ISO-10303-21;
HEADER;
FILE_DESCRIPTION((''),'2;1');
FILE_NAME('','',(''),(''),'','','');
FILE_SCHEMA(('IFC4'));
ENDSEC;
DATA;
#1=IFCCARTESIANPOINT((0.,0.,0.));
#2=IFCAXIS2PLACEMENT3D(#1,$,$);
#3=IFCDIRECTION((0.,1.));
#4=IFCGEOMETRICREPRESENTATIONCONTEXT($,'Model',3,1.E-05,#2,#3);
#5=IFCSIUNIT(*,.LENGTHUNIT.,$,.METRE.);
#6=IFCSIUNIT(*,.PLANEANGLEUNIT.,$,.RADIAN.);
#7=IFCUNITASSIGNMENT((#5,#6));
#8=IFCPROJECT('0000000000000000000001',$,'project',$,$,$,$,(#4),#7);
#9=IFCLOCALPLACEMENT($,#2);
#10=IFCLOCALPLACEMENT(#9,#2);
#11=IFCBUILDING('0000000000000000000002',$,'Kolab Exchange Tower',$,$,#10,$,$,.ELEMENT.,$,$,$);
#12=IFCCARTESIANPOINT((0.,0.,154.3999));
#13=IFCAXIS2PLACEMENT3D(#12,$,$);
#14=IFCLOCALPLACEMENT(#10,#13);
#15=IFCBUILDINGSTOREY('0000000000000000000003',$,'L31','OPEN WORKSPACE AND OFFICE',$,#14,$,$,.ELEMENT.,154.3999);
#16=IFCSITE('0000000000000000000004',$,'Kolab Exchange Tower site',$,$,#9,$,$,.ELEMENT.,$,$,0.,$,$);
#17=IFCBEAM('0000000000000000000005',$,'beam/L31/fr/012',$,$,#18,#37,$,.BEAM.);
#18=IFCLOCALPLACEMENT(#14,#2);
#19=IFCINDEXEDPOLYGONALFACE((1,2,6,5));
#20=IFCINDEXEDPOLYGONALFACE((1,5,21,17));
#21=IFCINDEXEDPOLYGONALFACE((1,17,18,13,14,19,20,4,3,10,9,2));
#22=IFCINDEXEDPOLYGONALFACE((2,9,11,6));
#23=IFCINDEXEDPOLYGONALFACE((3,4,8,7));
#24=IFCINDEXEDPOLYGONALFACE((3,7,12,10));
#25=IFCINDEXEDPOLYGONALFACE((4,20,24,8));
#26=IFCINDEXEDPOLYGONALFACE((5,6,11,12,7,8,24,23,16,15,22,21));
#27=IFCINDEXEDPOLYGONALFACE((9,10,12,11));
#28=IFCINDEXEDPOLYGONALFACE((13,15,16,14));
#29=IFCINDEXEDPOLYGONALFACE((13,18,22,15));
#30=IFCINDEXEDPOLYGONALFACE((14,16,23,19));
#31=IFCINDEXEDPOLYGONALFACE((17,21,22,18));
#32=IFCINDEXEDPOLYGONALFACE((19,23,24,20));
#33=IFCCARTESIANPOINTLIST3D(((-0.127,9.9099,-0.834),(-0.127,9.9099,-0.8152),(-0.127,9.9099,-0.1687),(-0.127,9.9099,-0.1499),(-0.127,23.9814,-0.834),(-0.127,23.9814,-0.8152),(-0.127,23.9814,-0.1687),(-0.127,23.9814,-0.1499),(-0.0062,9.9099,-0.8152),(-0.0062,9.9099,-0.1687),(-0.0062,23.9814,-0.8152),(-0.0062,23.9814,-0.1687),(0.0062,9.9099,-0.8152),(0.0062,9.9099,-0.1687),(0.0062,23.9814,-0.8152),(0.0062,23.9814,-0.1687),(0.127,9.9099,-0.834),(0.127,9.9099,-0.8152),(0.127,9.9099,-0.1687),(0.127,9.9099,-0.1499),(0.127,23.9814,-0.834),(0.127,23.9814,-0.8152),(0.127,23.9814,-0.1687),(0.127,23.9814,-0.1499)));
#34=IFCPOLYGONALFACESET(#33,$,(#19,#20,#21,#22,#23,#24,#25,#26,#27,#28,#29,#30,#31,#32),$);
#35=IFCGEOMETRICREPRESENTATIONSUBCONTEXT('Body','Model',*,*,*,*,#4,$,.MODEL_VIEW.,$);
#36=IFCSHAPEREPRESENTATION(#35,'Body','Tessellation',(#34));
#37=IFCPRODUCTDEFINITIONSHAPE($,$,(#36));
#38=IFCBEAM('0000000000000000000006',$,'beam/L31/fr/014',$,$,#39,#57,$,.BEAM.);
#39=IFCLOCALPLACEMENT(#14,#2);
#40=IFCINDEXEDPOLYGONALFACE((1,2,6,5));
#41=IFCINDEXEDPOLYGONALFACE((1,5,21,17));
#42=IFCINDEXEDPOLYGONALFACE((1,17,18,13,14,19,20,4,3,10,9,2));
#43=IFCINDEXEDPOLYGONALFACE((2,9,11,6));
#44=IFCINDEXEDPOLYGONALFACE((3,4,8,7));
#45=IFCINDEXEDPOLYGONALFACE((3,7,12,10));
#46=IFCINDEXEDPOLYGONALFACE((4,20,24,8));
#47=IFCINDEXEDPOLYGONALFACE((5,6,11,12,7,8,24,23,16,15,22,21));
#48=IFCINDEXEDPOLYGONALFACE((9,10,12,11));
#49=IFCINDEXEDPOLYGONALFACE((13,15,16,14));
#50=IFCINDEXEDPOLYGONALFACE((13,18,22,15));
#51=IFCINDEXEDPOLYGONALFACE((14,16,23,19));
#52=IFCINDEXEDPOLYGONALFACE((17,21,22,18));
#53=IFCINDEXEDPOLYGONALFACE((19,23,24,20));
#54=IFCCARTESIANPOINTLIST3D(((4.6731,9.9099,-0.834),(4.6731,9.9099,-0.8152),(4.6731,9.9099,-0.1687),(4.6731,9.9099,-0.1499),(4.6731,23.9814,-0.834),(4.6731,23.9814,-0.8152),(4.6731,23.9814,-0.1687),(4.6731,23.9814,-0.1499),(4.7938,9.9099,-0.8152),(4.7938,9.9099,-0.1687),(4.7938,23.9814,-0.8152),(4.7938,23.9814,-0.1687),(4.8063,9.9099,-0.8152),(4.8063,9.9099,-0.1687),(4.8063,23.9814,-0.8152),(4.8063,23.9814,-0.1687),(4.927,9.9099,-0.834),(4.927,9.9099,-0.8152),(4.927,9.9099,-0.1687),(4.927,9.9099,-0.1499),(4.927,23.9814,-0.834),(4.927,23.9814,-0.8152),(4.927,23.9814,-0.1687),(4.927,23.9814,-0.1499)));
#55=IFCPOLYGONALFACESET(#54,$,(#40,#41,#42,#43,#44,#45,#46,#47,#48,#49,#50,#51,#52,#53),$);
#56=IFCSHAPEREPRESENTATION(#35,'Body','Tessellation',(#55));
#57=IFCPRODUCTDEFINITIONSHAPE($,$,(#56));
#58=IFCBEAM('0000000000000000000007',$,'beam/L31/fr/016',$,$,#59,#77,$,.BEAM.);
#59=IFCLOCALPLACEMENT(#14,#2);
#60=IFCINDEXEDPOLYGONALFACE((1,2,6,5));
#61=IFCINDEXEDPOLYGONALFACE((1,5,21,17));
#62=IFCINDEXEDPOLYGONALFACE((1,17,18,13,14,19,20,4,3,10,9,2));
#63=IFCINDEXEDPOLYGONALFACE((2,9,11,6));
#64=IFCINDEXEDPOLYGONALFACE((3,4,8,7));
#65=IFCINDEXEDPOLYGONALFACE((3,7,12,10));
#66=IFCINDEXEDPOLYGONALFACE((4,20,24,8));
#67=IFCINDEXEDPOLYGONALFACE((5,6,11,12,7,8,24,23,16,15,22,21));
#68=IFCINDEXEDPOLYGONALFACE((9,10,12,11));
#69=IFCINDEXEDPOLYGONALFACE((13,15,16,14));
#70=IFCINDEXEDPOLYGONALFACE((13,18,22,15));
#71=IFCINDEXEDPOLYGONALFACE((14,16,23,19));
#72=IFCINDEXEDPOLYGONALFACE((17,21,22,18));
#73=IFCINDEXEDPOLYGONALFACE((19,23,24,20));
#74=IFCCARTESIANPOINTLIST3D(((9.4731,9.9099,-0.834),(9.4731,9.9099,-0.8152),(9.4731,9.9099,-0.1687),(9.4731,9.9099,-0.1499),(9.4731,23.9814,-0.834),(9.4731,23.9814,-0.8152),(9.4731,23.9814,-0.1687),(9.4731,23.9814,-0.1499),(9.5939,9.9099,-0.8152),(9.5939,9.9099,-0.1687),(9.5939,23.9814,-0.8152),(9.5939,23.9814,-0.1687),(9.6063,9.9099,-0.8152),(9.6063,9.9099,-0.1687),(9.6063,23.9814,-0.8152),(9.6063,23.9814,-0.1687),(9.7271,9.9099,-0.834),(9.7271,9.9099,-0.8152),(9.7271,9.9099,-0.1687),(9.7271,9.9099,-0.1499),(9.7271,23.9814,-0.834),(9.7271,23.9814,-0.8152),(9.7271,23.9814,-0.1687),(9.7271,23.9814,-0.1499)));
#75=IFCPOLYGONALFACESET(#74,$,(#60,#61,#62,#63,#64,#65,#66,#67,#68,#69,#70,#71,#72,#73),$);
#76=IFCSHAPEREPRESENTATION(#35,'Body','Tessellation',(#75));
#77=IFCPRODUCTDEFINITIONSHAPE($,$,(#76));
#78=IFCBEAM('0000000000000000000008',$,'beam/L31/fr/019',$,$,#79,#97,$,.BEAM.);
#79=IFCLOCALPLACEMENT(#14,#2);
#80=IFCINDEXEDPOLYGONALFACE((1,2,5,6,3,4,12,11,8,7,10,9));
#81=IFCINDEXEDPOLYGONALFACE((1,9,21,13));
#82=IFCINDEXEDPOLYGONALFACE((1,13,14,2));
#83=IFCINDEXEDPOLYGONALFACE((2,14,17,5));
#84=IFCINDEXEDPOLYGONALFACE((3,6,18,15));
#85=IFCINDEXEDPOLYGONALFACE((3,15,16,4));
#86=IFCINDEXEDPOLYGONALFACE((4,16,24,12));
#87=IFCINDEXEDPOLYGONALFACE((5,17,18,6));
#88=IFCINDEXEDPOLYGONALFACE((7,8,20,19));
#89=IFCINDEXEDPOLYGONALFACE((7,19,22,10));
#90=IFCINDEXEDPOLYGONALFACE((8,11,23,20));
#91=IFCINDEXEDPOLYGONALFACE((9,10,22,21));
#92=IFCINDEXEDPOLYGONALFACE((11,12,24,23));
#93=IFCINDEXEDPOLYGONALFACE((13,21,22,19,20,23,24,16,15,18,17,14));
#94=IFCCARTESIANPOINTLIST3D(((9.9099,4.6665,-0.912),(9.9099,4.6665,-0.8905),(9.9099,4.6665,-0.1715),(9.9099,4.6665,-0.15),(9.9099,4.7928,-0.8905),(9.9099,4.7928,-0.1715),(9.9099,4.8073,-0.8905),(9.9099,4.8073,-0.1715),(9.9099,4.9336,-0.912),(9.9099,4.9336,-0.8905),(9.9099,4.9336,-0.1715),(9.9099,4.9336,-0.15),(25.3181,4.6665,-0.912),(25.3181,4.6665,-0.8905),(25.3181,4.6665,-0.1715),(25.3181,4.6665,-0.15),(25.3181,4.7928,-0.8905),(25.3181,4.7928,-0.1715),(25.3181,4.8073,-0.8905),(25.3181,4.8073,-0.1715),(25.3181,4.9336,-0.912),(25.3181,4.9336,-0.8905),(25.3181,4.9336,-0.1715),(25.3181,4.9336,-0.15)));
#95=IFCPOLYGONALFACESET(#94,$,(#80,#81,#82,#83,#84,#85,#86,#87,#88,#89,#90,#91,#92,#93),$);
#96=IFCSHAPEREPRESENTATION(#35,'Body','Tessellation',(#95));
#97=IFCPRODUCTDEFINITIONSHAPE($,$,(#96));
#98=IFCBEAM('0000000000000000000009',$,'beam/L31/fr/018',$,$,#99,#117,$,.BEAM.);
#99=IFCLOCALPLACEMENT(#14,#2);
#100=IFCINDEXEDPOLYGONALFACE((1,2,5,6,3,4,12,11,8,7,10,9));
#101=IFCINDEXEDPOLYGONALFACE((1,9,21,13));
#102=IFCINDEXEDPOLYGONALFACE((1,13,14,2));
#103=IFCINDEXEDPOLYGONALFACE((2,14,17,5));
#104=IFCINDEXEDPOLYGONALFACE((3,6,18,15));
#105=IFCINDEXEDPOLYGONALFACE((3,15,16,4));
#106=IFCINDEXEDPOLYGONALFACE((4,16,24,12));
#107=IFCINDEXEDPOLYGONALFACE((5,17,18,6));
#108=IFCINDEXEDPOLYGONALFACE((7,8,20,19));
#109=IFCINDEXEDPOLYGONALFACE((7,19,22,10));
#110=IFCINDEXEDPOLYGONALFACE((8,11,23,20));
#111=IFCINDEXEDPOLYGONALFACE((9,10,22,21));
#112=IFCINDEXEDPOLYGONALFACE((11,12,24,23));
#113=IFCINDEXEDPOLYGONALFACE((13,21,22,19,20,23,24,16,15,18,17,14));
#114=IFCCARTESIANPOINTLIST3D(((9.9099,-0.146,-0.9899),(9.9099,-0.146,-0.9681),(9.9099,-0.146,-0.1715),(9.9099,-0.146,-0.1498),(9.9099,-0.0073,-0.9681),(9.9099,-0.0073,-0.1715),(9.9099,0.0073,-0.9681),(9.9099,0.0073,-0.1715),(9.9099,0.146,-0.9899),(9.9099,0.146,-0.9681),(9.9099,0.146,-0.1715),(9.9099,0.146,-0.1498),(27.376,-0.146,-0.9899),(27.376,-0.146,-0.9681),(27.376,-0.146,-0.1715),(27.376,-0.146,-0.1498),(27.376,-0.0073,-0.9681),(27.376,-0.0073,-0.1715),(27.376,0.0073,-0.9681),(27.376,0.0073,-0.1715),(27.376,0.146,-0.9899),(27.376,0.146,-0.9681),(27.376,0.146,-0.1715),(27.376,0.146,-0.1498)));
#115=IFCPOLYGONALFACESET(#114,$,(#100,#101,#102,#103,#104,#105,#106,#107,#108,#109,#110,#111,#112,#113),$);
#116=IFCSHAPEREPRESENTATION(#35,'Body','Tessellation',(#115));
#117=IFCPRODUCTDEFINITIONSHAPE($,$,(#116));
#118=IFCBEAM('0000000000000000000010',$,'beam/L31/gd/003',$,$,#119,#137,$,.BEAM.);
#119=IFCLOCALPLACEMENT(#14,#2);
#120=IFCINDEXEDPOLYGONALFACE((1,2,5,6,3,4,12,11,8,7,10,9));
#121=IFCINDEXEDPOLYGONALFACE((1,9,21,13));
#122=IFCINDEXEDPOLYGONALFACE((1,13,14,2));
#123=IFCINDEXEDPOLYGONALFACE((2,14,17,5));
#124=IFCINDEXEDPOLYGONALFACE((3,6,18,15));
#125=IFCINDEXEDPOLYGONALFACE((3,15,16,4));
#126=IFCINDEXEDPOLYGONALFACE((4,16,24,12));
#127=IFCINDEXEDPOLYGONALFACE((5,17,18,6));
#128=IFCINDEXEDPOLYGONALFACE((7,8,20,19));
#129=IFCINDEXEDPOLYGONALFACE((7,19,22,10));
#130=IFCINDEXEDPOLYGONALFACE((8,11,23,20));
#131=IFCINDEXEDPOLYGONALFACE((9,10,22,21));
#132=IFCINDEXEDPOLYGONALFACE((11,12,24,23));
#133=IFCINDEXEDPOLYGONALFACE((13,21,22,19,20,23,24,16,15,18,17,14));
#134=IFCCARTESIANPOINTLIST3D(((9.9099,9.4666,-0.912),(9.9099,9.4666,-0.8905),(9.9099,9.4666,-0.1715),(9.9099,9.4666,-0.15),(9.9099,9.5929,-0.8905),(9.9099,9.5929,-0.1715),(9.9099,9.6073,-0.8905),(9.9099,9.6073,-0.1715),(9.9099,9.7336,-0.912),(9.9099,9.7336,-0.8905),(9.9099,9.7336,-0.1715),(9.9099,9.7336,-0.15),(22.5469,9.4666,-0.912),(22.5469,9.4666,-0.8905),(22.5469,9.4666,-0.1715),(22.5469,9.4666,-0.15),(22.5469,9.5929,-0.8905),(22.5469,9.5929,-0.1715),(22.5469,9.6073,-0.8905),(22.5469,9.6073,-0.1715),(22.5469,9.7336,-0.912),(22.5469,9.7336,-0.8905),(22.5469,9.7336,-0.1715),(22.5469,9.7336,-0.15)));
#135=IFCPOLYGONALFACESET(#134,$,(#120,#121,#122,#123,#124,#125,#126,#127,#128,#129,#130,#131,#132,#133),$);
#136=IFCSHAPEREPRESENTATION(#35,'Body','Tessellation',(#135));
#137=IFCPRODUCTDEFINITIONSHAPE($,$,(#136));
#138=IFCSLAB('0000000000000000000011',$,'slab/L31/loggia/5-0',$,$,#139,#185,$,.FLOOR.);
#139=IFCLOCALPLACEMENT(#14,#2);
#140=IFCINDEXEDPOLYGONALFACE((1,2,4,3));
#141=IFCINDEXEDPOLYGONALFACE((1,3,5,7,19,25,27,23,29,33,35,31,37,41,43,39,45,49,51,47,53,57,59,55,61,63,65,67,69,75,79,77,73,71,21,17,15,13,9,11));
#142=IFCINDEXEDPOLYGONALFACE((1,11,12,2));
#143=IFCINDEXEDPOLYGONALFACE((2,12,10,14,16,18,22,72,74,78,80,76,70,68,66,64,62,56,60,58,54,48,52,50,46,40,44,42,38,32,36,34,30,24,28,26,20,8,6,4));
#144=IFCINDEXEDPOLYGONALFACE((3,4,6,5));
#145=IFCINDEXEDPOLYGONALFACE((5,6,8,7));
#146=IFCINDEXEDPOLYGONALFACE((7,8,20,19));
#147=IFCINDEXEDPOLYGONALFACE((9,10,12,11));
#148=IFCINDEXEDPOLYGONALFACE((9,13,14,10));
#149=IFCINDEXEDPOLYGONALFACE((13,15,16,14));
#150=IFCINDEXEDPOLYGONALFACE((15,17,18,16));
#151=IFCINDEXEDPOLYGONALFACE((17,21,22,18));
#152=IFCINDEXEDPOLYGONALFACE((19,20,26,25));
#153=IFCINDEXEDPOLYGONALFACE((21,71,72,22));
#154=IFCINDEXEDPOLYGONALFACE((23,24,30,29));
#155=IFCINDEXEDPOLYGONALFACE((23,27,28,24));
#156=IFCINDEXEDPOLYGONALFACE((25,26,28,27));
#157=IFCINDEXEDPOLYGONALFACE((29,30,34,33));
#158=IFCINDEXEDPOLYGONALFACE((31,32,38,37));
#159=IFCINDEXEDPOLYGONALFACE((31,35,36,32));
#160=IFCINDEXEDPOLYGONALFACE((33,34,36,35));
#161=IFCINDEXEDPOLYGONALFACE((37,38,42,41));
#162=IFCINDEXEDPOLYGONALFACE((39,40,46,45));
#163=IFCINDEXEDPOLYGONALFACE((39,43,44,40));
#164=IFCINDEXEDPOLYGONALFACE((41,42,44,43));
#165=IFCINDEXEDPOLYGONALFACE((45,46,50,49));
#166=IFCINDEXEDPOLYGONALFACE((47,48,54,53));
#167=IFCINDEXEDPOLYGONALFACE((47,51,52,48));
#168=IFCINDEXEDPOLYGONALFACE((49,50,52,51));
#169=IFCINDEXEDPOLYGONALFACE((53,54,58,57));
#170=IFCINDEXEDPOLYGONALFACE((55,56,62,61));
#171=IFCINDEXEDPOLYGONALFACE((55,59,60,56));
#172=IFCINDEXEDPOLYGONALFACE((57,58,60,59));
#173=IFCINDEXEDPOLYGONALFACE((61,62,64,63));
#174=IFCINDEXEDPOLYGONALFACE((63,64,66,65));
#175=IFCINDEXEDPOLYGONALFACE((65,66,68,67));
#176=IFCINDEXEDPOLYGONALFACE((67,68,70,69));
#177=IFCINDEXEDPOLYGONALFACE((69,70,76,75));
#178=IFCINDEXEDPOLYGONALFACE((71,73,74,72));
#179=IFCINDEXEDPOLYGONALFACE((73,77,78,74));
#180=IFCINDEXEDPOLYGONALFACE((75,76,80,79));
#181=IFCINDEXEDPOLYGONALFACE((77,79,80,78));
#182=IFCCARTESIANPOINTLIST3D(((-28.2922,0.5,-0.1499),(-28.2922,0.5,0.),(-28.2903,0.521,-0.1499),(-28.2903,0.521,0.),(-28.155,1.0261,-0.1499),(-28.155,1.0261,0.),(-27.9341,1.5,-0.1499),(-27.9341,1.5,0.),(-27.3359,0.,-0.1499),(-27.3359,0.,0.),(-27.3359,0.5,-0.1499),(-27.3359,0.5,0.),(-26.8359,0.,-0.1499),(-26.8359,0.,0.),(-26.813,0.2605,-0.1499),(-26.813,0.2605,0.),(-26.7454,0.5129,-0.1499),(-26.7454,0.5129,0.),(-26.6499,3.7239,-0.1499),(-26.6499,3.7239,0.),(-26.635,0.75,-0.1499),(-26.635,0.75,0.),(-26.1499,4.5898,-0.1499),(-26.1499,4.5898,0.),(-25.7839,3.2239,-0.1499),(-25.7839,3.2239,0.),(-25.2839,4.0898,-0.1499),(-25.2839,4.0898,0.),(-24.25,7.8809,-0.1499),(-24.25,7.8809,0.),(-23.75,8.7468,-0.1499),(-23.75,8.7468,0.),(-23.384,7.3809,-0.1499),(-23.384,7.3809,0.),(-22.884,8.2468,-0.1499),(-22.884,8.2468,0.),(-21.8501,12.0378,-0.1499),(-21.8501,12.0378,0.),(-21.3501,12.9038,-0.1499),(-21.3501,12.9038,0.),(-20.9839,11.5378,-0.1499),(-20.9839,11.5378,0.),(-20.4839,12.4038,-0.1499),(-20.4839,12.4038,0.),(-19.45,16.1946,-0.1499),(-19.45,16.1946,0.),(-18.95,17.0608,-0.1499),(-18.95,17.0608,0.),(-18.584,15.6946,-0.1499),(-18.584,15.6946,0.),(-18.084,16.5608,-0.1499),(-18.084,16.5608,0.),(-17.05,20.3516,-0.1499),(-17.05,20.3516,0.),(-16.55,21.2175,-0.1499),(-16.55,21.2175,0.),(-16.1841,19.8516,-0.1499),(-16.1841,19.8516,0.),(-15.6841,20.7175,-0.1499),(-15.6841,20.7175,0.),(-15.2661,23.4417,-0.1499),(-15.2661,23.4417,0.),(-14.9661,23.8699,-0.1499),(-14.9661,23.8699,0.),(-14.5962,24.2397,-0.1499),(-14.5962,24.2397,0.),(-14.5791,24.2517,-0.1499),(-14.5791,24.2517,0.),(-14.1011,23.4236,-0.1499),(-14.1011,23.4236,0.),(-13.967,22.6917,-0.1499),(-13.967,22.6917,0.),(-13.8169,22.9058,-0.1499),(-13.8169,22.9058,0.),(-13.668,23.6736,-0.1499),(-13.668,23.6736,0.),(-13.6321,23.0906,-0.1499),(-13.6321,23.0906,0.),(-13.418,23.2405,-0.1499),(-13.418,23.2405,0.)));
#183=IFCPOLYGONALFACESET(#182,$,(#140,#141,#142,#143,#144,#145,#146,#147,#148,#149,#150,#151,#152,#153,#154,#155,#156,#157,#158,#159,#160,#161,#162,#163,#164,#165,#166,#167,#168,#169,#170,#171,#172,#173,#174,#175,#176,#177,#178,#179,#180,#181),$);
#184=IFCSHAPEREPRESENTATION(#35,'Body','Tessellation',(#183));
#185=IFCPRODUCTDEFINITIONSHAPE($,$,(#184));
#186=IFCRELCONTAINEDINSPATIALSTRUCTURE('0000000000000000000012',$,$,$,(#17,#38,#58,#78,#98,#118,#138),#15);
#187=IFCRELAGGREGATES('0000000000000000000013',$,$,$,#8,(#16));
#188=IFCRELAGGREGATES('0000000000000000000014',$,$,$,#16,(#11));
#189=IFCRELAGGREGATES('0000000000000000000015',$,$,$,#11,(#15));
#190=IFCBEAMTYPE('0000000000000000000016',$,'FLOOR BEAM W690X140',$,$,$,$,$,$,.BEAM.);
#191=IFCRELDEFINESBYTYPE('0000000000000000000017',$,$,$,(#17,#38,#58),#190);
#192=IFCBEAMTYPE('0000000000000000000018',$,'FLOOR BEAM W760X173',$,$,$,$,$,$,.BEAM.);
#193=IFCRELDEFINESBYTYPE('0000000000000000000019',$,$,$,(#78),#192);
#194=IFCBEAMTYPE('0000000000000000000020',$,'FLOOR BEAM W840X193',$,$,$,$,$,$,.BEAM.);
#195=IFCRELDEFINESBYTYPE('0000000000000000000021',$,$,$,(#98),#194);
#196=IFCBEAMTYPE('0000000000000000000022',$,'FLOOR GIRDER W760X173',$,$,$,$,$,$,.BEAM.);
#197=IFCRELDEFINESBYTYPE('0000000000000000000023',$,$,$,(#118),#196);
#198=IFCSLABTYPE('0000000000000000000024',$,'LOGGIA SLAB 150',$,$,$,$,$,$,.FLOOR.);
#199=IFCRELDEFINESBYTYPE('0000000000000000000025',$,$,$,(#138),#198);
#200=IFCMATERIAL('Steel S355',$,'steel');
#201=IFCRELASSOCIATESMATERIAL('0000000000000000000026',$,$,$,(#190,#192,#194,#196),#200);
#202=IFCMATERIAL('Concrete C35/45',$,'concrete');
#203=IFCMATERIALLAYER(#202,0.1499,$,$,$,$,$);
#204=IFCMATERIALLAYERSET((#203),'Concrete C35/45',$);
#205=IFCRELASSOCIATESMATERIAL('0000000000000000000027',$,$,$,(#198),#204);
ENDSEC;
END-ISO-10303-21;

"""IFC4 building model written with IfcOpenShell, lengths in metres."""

from ifc_helpers import new_model, si_unit, direction, frame, origin, origin_2d, place, context, subcontext, project, spatial, polyline, i_section, outline, extrude, material, layer, layer_set, material_profile, profile_set, type_object, element, save


model = new_model("IFC4")

# Units and contexts
model_context = context("Model", 3, precision=1e-05, world=origin(), true_north=direction((0.0, 1.0)))
body_context = subcontext(model_context, "Body", "Model", "MODEL_VIEW")
ifc_project = project(units=[si_unit("LENGTHUNIT", "METRE"), si_unit("PLANEANGLEUNIT", "RADIAN")], contexts=[model_context])

# Site, building, storey
site_placement = place(None, origin())
site = spatial("IfcSite", under=ifc_project, at=site_placement, Name="Kolab Exchange Tower site", CompositionType="ELEMENT", RefElevation=0.0)
building_placement = place(site_placement, origin())
building = spatial("IfcBuilding", under=site, at=building_placement, Name="Kolab Exchange Tower", CompositionType="ELEMENT")
storey_placement = place(building_placement, frame((0.0, 0.0, 154.3999)))
storey = spatial("IfcBuildingStorey", under=building, at=storey_placement, Name="L31", Description="OPEN WORKSPACE AND OFFICE", CompositionType="ELEMENT", Elevation=154.3999)

# Beams
ifc_material_1 = material(Name="Steel S355", Category="steel")
ifc_material_profile_1 = material_profile(ifc_material_1, i_section(OverallWidth=0.2539, OverallDepth=0.6841, WebThickness=0.0125, FlangeThickness=0.0188, at=origin_2d()), Name="W690X140")
ifc_profile_set_1 = profile_set([ifc_material_profile_1], Name="Steel S355")
beam_type_1 = type_object("IfcBeamType", Name="FLOOR BEAM W690X140", PredefinedType="BEAM", material=ifc_profile_set_1)
for number, where, z_axis, x_axis, name in (
    (1, (0.0, 9.9099, -0.4919), (0.0, 1.0, 0.0), (-1.0, 0.0, 0.0), "beam/L31/fr/012"),
    (2, (4.8, 9.9099, -0.4919), (0.0, 1.0, 0.0), (-1.0, 0.0, 0.0), "beam/L31/fr/014"),
    (3, (9.6001, 9.9099, -0.4919), (0.0, 1.0, 0.0), (-1.0, 0.0, 0.0), "beam/L31/fr/016"),
):
    element("IfcBeam", number, at=place(storey_placement, frame(where, z_axis=z_axis, x_axis=x_axis)), inside=storey, type_object=beam_type_1, Name=name, PredefinedType="BEAM", context=body_context, shape_type="SweptSolid", body=[
        extrude(i_section(OverallWidth=0.2539, OverallDepth=0.6841, WebThickness=0.0125, FlangeThickness=0.0188, at=origin_2d()), origin(), (0.0, 0.0, 1.0), 14.0715),
    ])
ifc_material_profile_2 = material_profile(ifc_material_1, i_section(OverallWidth=0.2671, OverallDepth=0.762, WebThickness=0.0144, FlangeThickness=0.0215, at=origin_2d()), Name="W760X173")
ifc_profile_set_2 = profile_set([ifc_material_profile_2], Name="Steel S355")
beam_type_2 = type_object("IfcBeamType", Name="FLOOR BEAM W760X173", PredefinedType="BEAM", material=ifc_profile_set_2)
beam_1_placement = place(storey_placement, frame((9.9099, 4.8, -0.531), z_axis=(1.0, 0.0, 0.0), x_axis=(0.0, 1.0, 0.0)))
element("IfcBeam", 4, at=beam_1_placement, inside=storey, type_object=beam_type_2, Name="beam/L31/fr/019", PredefinedType="BEAM", context=body_context, shape_type="SweptSolid", body=[
    extrude(i_section(OverallWidth=0.2671, OverallDepth=0.762, WebThickness=0.0144, FlangeThickness=0.0215, at=origin_2d()), origin(), (0.0, 0.0, 1.0), 15.4082),
])
ifc_material_profile_3 = material_profile(ifc_material_1, i_section(OverallWidth=0.292, OverallDepth=0.8401, WebThickness=0.0146, FlangeThickness=0.0217, at=origin_2d()), Name="W840X193")
ifc_profile_set_3 = profile_set([ifc_material_profile_3], Name="Steel S355")
beam_type_3 = type_object("IfcBeamType", Name="FLOOR BEAM W840X193", PredefinedType="BEAM", material=ifc_profile_set_3)
beam_2_placement = place(storey_placement, frame((9.9099, 0.0, -0.5698), z_axis=(1.0, 0.0, 0.0), x_axis=(0.0, 1.0, 0.0)))
element("IfcBeam", 5, at=beam_2_placement, inside=storey, type_object=beam_type_3, Name="beam/L31/fr/018", PredefinedType="BEAM", context=body_context, shape_type="SweptSolid", body=[
    extrude(i_section(OverallWidth=0.292, OverallDepth=0.8401, WebThickness=0.0146, FlangeThickness=0.0217, at=origin_2d()), origin(), (0.0, 0.0, 1.0), 17.4661),
])
ifc_material_profile_4 = material_profile(ifc_material_1, i_section(OverallWidth=0.2671, OverallDepth=0.762, WebThickness=0.0144, FlangeThickness=0.0215, at=origin_2d()), Name="W760X173")
ifc_profile_set_4 = profile_set([ifc_material_profile_4], Name="Steel S355")
beam_type_4 = type_object("IfcBeamType", Name="FLOOR GIRDER W760X173", PredefinedType="BEAM", material=ifc_profile_set_4)
beam_3_placement = place(storey_placement, frame((9.9099, 9.6001, -0.531), z_axis=(1.0, 0.0, 0.0), x_axis=(0.0, 1.0, 0.0)))
element("IfcBeam", 6, at=beam_3_placement, inside=storey, type_object=beam_type_4, Name="beam/L31/gd/003", PredefinedType="BEAM", context=body_context, shape_type="SweptSolid", body=[
    extrude(i_section(OverallWidth=0.2671, OverallDepth=0.762, WebThickness=0.0144, FlangeThickness=0.0215, at=origin_2d()), origin(), (0.0, 0.0, 1.0), 12.637),
])

# Slab
ifc_material_2 = material(Name="Concrete C35/45", Category="concrete")
ifc_layer_1 = layer(ifc_material_2, 0.1499)
ifc_layer_set_1 = layer_set([ifc_layer_1], Name="Concrete C35/45")
slab_type_1 = type_object("IfcSlabType", Name="LOGGIA SLAB 150", PredefinedType="FLOOR", material=ifc_layer_set_1)
slab_1_placement = place(storey_placement, frame((0.0, 0.0, -0.1499)))
element("IfcSlab", 7, at=slab_1_placement, inside=storey, type_object=slab_type_1, Name="slab/L31/loggia/5-0", PredefinedType="FLOOR", context=body_context, shape_type="SweptSolid", body=[
    extrude(outline(polyline([(-13.418, 23.2405), (-13.668, 23.6736), (-14.1011, 23.4236), (-14.5791, 24.2517), (-14.5962, 24.2397), (-14.9661, 23.8699), (-15.2661, 23.4417), (-16.55, 21.2175), (-15.6841, 20.7175), (-16.1841, 19.8516), (-17.05, 20.3516), (-18.95, 17.0608), (-18.084, 16.5608), (-18.584, 15.6946), (-19.45, 16.1946), (-21.3501, 12.9038), (-20.4839, 12.4038), (-20.9839, 11.5378), (-21.8501, 12.0378), (-23.75, 8.7468), (-22.884, 8.2468), (-23.384, 7.3809), (-24.25, 7.8809), (-26.1499, 4.5898), (-25.2839, 4.0898), (-25.7839, 3.2239), (-26.6499, 3.7239), (-27.9341, 1.5), (-28.155, 1.0261), (-28.2903, 0.521), (-28.2922, 0.5), (-27.3359, 0.5), (-27.3359, 0.0), (-26.8359, 0.0), (-26.813, 0.2605), (-26.7454, 0.5129), (-26.635, 0.75), (-13.967, 22.6917), (-13.8169, 22.9058), (-13.6321, 23.0906), (-13.418, 23.2405)])), origin(), (0.0, 0.0, 1.0), 0.1499),
])

save(model, "model.ifc")
